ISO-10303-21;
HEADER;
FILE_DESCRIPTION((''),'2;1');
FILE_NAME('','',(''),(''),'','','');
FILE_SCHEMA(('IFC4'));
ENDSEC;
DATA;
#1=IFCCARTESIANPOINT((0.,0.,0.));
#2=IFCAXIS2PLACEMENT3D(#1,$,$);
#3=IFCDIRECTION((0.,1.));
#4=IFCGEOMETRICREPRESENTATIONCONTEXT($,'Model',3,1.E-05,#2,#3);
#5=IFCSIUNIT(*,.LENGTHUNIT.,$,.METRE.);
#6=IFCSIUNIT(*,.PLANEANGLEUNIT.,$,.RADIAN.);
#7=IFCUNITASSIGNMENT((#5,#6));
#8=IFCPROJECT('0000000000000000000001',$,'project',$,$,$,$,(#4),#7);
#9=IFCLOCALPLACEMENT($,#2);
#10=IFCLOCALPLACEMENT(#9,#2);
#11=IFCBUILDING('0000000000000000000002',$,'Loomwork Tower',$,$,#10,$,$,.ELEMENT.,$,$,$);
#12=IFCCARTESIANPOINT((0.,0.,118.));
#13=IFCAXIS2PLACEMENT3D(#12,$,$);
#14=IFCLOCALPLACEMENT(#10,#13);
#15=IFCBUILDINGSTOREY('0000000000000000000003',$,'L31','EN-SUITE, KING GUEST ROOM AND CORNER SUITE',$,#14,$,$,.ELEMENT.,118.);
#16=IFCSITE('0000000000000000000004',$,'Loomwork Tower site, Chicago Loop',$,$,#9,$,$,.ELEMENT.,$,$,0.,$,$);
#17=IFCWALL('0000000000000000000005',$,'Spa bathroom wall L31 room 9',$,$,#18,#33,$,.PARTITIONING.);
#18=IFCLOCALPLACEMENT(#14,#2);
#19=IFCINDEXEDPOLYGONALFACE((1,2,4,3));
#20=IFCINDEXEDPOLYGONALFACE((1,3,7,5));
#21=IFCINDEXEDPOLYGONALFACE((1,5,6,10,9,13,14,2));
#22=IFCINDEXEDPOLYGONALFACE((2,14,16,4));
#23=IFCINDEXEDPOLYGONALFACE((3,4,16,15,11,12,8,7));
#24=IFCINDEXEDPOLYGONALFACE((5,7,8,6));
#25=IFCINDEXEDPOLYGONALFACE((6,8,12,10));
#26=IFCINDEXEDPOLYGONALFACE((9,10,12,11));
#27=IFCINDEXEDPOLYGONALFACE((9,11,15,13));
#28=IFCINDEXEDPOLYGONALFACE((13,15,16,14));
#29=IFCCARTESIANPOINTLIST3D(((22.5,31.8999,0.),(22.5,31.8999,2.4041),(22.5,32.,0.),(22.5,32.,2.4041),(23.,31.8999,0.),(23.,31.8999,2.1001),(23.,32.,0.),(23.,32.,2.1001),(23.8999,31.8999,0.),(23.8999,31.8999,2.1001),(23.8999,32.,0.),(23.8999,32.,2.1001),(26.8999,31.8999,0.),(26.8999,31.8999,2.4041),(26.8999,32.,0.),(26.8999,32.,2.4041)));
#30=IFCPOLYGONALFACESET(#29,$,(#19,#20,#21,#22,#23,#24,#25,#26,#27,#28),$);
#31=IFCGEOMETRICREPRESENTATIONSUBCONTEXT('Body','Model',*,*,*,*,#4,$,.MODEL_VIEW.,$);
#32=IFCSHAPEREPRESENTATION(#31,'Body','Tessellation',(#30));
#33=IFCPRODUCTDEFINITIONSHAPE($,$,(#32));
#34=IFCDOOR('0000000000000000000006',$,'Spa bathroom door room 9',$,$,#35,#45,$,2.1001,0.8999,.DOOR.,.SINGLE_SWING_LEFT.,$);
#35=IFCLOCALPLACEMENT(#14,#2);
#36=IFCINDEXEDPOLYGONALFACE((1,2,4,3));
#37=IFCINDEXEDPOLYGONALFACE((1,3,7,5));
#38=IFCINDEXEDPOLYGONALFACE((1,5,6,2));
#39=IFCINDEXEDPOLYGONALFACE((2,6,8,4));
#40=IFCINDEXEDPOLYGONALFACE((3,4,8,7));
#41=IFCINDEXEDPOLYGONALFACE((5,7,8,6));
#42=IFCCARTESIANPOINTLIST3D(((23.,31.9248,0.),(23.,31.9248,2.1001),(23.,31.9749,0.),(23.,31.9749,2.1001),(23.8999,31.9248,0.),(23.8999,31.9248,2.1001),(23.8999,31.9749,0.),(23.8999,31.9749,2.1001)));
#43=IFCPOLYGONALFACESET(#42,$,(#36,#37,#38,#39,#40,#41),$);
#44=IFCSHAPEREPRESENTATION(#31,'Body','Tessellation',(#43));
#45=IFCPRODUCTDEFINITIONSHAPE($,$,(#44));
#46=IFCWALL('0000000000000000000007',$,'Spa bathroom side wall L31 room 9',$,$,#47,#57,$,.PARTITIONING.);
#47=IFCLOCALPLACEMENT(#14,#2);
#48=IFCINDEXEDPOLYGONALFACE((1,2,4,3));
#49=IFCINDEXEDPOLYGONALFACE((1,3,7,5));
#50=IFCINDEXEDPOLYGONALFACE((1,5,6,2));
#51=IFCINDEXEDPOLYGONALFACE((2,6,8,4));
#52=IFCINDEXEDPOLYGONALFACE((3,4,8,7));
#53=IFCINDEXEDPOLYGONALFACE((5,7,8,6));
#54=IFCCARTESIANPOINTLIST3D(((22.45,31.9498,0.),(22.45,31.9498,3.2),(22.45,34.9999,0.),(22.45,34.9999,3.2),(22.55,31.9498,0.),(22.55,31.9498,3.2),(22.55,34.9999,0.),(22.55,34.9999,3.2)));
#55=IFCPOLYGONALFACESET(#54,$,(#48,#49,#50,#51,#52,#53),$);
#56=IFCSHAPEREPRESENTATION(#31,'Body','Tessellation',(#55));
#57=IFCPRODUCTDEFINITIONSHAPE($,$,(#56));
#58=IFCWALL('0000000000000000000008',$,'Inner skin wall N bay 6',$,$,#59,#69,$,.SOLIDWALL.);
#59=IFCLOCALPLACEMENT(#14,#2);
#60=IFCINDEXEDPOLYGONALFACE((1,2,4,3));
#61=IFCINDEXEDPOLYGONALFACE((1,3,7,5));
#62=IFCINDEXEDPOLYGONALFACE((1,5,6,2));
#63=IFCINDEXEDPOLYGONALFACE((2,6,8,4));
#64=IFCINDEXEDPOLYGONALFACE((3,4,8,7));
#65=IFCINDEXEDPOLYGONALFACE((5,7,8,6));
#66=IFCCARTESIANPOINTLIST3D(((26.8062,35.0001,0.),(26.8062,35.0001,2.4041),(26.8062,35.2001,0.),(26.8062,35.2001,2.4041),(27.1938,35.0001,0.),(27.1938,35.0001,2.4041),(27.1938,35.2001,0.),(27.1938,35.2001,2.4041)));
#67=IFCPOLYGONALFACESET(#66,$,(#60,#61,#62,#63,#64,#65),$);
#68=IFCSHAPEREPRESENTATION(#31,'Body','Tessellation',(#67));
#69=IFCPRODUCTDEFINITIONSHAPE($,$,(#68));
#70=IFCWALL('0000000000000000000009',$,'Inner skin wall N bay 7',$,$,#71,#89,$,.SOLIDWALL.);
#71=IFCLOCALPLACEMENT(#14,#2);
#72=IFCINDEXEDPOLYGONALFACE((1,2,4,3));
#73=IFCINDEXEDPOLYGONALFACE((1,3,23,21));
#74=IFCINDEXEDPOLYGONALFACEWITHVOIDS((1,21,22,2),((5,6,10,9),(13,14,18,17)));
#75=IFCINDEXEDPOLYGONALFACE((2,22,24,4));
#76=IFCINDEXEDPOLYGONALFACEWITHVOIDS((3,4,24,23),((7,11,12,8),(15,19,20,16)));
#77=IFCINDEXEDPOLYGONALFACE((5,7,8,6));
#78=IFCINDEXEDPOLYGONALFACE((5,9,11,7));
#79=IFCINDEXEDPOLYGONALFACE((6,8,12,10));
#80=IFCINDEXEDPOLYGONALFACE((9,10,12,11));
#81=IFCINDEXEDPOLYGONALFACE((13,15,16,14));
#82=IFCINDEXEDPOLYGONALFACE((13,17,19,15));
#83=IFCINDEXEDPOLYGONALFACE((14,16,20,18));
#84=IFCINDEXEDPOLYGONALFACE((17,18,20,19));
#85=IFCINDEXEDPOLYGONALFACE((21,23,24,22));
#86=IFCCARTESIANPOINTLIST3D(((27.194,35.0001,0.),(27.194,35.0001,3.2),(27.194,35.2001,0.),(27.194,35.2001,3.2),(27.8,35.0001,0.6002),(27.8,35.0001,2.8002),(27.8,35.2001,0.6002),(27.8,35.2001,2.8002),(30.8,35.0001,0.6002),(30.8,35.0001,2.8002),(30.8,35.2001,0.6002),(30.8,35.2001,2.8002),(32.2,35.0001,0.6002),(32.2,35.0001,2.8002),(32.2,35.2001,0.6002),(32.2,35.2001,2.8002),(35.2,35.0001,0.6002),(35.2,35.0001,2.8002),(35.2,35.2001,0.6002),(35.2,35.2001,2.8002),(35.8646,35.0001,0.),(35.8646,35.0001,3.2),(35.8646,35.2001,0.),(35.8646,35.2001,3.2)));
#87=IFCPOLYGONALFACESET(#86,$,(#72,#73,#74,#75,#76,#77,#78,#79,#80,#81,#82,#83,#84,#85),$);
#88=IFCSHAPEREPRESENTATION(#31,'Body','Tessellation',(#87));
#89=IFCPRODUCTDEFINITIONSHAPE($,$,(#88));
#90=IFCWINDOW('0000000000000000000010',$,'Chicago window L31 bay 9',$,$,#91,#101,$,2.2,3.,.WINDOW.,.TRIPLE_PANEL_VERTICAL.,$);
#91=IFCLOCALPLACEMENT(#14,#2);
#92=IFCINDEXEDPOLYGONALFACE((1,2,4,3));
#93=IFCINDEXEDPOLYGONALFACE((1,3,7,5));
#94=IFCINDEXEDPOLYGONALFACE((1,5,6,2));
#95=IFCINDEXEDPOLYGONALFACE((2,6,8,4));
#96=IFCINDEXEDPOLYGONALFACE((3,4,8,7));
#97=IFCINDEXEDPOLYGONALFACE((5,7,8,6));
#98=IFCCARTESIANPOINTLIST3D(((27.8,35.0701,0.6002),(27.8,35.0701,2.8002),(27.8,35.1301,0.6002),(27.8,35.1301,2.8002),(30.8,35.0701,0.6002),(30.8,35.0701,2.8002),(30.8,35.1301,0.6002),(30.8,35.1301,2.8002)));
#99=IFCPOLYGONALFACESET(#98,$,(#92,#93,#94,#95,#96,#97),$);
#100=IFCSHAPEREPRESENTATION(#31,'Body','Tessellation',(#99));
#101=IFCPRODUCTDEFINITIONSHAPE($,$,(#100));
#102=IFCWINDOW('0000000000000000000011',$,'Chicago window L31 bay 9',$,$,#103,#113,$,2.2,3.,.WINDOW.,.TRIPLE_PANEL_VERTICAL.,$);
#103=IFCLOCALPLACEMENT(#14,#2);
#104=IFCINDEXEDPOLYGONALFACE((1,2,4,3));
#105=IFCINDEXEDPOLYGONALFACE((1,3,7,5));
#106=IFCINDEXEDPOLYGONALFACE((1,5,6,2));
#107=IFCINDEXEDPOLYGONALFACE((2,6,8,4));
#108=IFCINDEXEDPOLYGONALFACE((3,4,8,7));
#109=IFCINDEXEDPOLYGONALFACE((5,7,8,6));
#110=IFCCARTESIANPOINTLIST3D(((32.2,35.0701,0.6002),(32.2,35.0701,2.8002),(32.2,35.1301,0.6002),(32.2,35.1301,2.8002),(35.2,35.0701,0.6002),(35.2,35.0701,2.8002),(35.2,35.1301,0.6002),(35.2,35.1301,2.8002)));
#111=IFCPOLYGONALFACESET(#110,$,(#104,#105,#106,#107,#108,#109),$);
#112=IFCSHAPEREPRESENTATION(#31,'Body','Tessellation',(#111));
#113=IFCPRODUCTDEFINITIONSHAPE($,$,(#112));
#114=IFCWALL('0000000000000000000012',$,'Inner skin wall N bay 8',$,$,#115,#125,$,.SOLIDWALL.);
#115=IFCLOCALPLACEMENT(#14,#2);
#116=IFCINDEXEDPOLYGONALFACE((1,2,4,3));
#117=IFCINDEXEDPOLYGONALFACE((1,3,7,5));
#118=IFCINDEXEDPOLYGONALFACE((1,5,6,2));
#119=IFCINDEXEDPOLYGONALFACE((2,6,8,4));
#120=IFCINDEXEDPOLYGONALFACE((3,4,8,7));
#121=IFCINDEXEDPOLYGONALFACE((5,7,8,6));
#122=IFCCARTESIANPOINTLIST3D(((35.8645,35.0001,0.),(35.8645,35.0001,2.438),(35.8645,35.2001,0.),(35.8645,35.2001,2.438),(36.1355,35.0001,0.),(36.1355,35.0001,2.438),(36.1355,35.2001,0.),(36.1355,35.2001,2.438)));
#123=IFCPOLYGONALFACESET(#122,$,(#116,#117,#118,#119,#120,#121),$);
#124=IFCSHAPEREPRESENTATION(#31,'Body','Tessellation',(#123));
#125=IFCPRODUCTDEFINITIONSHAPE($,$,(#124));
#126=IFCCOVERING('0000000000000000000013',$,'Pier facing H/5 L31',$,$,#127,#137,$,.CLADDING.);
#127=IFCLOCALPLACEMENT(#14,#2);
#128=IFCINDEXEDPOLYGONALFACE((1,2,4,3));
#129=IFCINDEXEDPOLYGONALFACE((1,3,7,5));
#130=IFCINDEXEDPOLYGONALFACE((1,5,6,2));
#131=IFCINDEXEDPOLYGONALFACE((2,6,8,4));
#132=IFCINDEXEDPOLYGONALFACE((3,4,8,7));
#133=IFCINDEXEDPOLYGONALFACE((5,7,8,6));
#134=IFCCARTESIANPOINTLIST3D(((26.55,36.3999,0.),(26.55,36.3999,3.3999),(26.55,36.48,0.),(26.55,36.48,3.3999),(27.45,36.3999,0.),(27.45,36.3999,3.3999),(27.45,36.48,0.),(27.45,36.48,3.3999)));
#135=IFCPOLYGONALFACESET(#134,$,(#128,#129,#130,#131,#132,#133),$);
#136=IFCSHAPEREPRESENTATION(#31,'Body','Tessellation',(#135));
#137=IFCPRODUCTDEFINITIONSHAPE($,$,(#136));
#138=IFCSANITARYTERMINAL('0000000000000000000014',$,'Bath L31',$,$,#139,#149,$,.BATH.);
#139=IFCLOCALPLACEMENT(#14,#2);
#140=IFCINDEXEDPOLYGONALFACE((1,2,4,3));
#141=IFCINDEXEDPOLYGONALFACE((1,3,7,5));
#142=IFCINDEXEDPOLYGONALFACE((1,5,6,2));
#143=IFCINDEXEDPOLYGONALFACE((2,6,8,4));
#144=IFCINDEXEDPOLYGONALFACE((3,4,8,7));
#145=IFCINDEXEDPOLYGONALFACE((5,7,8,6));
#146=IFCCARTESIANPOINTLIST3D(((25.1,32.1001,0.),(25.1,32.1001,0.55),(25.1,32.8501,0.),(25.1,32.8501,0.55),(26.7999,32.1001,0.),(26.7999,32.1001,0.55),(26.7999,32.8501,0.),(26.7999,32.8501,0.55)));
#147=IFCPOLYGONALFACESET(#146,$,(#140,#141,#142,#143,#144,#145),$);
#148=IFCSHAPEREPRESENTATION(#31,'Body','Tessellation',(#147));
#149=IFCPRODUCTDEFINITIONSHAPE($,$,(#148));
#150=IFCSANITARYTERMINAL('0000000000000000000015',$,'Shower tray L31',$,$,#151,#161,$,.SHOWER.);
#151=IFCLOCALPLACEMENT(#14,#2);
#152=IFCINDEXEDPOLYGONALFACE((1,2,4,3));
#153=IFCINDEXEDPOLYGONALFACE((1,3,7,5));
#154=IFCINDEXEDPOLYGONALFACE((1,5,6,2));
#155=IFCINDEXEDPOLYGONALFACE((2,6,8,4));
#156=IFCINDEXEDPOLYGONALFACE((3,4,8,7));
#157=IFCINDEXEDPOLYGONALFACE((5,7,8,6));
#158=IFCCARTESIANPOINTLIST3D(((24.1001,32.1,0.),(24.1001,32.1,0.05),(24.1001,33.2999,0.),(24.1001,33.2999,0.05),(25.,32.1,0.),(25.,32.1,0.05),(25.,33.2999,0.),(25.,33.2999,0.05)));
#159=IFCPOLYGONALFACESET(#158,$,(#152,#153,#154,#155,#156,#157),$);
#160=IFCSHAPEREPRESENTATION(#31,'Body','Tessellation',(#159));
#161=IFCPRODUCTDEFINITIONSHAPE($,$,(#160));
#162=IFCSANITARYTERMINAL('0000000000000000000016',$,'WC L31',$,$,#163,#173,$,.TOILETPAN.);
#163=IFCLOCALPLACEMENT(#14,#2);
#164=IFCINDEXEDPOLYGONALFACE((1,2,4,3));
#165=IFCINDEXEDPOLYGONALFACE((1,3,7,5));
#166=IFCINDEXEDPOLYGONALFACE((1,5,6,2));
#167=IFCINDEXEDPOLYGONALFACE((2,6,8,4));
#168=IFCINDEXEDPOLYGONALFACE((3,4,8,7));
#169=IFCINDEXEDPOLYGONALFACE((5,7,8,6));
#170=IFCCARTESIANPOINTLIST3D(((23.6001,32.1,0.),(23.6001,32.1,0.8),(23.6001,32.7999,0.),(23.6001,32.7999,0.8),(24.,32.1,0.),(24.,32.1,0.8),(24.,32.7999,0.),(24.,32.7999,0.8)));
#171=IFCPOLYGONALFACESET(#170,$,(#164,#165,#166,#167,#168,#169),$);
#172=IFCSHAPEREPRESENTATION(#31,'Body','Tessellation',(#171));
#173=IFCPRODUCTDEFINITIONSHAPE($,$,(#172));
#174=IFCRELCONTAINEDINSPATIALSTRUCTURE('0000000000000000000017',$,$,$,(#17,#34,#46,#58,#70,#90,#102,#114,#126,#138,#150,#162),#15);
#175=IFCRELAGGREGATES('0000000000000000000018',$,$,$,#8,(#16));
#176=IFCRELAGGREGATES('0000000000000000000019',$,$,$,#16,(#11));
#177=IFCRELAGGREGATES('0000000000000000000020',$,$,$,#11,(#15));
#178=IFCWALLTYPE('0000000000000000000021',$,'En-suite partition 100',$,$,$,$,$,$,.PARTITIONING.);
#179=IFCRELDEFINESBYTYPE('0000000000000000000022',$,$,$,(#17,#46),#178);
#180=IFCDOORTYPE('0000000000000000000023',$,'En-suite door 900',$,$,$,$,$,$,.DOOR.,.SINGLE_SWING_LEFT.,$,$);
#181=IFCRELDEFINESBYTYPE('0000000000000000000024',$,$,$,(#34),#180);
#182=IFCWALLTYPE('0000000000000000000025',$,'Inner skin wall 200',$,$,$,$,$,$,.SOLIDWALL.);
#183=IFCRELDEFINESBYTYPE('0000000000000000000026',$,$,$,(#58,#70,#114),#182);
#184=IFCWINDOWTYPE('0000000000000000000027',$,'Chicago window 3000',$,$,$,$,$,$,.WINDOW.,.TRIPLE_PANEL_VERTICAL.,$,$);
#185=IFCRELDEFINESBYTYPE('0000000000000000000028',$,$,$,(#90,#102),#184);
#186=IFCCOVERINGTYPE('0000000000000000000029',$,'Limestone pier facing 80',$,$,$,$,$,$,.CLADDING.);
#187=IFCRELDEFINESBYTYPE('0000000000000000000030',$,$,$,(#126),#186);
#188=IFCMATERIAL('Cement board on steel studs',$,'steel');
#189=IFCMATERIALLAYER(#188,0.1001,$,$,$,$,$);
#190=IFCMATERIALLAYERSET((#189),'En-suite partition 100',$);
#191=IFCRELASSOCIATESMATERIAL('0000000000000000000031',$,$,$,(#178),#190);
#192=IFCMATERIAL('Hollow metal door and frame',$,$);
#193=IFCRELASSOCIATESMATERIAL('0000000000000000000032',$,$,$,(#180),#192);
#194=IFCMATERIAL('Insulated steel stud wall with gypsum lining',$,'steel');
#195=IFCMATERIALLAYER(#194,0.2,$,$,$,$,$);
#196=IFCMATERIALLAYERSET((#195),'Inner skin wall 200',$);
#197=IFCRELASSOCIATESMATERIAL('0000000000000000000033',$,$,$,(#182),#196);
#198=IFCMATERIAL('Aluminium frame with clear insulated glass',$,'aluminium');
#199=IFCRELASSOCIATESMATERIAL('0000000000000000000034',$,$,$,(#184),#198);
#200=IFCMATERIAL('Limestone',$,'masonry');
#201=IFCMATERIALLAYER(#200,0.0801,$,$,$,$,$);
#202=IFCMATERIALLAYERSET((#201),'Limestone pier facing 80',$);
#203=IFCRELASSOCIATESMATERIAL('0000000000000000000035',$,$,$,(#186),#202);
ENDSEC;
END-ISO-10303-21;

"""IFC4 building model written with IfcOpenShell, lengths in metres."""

from ifc_helpers import new_model, si_unit, direction, frame, frame_2d, origin, origin_2d, place, context, subcontext, project, spatial, rectangle, extrude, material, layer, layer_set, type_object, element, fill, save


model = new_model("IFC4")

# Units and contexts
model_context = context("Model", 3, precision=1e-05, world=origin(), true_north=direction((0.0, 1.0)))
body_context = subcontext(model_context, "Body", "Model", "MODEL_VIEW")
ifc_project = project(units=[si_unit("LENGTHUNIT", "METRE"), si_unit("PLANEANGLEUNIT", "RADIAN")], contexts=[model_context])

# Site, building, storey
site_placement = place(None, origin())
site = spatial("IfcSite", under=ifc_project, at=site_placement, Name="Loomwork Tower site, Chicago Loop", CompositionType="ELEMENT", RefElevation=0.0)
building_placement = place(site_placement, origin())
building = spatial("IfcBuilding", under=site, at=building_placement, Name="Loomwork Tower", CompositionType="ELEMENT")
storey_placement = place(building_placement, frame((0.0, 0.0, 118.0)))
storey = spatial("IfcBuildingStorey", under=building, at=storey_placement, Name="L31", Description="EN-SUITE, KING GUEST ROOM AND CORNER SUITE", CompositionType="ELEMENT", Elevation=118.0)

# Wall, opening, door
ifc_material_1 = material(Name="Cement board on steel studs", Category="steel")
ifc_layer_1 = layer(ifc_material_1, 0.1001)
ifc_layer_set_1 = layer_set([ifc_layer_1], Name="En-suite partition 100")
wall_type_1 = type_object("IfcWallType", Name="En-suite partition 100", PredefinedType="PARTITIONING", material=ifc_layer_set_1)
wall_1_placement = place(storey_placement, frame((22.5, 31.95, 0.0), z_axis=(0.0, 0.0, 1.0), x_axis=(1.0, 0.0, 0.0)))
wall_1 = element("IfcWall", 1, at=wall_1_placement, inside=storey, type_object=wall_type_1, Name="Spa bathroom wall L31 room 9", PredefinedType="PARTITIONING", context=body_context, shape_type="SweptSolid", body=[
    extrude(rectangle(XDim=4.3999, YDim=0.1001, at=frame_2d((2.2, 0.0))), origin(), (0.0, 0.0, 1.0), 2.4041),
])
opening_1_placement = place(wall_1_placement, frame((0.5, 0.0, 0.0)))
opening_1 = element("IfcOpeningElement", 2, at=opening_1_placement, cuts=wall_1, PredefinedType="OPENING", context=body_context, shape_type="SweptSolid", body=[
    extrude(rectangle(XDim=0.8999, YDim=2.1001, at=frame_2d((0.45, 1.05))), frame((0.0, 0.0601, 0.0), z_axis=(0.0, -1.0, 0.0), x_axis=(1.0, 0.0, 0.0)), (0.0, 0.0, 1.0), 0.1201),
])
ifc_material_2 = material(Name="Hollow metal door and frame")
door_type = type_object("IfcDoorType", Name="En-suite door 900", OperationType="SINGLE_SWING_LEFT", PredefinedType="DOOR", material=ifc_material_2)
door_placement = place(opening_1_placement, origin())
door = element("IfcDoor", 3, at=door_placement, inside=storey, type_object=door_type, Name="Spa bathroom door room 9", OperationType="SINGLE_SWING_LEFT", OverallHeight=2.1001, OverallWidth=0.8999, PredefinedType="DOOR", context=body_context, shape_type="SweptSolid", body=[
    extrude(rectangle(XDim=0.8999, YDim=2.1001, at=frame_2d((0.45, 1.05))), frame((0.0, 0.0249, 0.0), z_axis=(0.0, -1.0, 0.0), x_axis=(1.0, 0.0, 0.0)), (0.0, 0.0, 1.0), 0.05),
])
fill(opening_1, door)

# Walls
wall_2_placement = place(storey_placement, frame((22.5, 31.95, 0.0), z_axis=(0.0, 0.0, 1.0), x_axis=(0.0, 1.0, 0.0)))
element("IfcWall", 4, at=wall_2_placement, inside=storey, type_object=wall_type_1, Name="Spa bathroom side wall L31 room 9", PredefinedType="PARTITIONING", context=body_context, shape_type="SweptSolid", body=[
    extrude(rectangle(XDim=3.05, YDim=0.1001, at=frame_2d((1.5249, 0.0))), origin(), (0.0, 0.0, 1.0), 3.2),
])
ifc_material_3 = material(Name="Insulated steel stud wall with gypsum lining", Category="steel")
ifc_layer_2 = layer(ifc_material_3, 0.2)
ifc_layer_set_2 = layer_set([ifc_layer_2], Name="Inner skin wall 200")
wall_type_2 = type_object("IfcWallType", Name="Inner skin wall 200", PredefinedType="SOLIDWALL", material=ifc_layer_set_2)
wall_3_placement = place(storey_placement, frame((26.8062, 35.1001, 0.0), z_axis=(0.0, 0.0, 1.0), x_axis=(1.0, 0.0, 0.0)))
element("IfcWall", 5, at=wall_3_placement, inside=storey, type_object=wall_type_2, Name="Inner skin wall N bay 6", PredefinedType="SOLIDWALL", context=body_context, shape_type="SweptSolid", body=[
    extrude(rectangle(XDim=0.3877, YDim=0.2, at=frame_2d((0.1938, 0.0))), origin(), (0.0, 0.0, 1.0), 2.4041),
])

# Wall, openings, windows
wall_4_placement = place(storey_placement, frame((27.1938, 35.1001, 0.0), z_axis=(0.0, 0.0, 1.0), x_axis=(1.0, 0.0, 0.0)))
wall_4 = element("IfcWall", 6, at=wall_4_placement, inside=storey, type_object=wall_type_2, Name="Inner skin wall N bay 7", PredefinedType="SOLIDWALL", context=body_context, shape_type="SweptSolid", body=[
    extrude(rectangle(XDim=8.6707, YDim=0.2, at=frame_2d((4.3354, 0.0))), origin(), (0.0, 0.0, 1.0), 3.2),
])
opening_2_placement = place(wall_4_placement, frame((0.6062, 0.0, 0.6001)))
opening_2 = element("IfcOpeningElement", 7, at=opening_2_placement, cuts=wall_4, PredefinedType="OPENING", context=body_context, shape_type="SweptSolid", body=[
    extrude(rectangle(XDim=3.0, YDim=2.2, at=frame_2d((1.5, 1.1001))), frame((0.0, 0.1099, 0.0), z_axis=(0.0, -1.0, 0.0), x_axis=(1.0, 0.0, 0.0)), (0.0, 0.0, 1.0), 0.22),
])
opening_3_placement = place(wall_4_placement, frame((5.0061, 0.0, 0.6001)))
opening_3 = element("IfcOpeningElement", 8, at=opening_3_placement, cuts=wall_4, PredefinedType="OPENING", context=body_context, shape_type="SweptSolid", body=[
    extrude(rectangle(XDim=3.0, YDim=2.2, at=frame_2d((1.5, 1.1001))), frame((0.0, 0.1099, 0.0), z_axis=(0.0, -1.0, 0.0), x_axis=(1.0, 0.0, 0.0)), (0.0, 0.0, 1.0), 0.22),
])
ifc_material_4 = material(Name="Aluminium frame with clear insulated glass", Category="aluminium")
window_type = type_object("IfcWindowType", Name="Chicago window 3000", PartitioningType="TRIPLE_PANEL_VERTICAL", PredefinedType="WINDOW", material=ifc_material_4)
window_1_placement = place(opening_2_placement, origin())
window_1 = element("IfcWindow", 9, at=window_1_placement, inside=storey, type_object=window_type, Name="Chicago window L31 bay 9", OverallHeight=2.2, OverallWidth=3.0, PartitioningType="TRIPLE_PANEL_VERTICAL", PredefinedType="WINDOW", context=body_context, shape_type="SweptSolid", body=[
    extrude(rectangle(XDim=3.0, YDim=2.2, at=frame_2d((1.5, 1.1001))), frame((0.0, 0.03, 0.0), z_axis=(0.0, -1.0, 0.0), x_axis=(1.0, 0.0, 0.0)), (0.0, 0.0, 1.0), 0.0601),
])
fill(opening_2, window_1)
window_2_placement = place(opening_3_placement, origin())
window_2 = element("IfcWindow", 10, at=window_2_placement, inside=storey, type_object=window_type, Name="Chicago window L31 bay 9", OverallHeight=2.2, OverallWidth=3.0, PartitioningType="TRIPLE_PANEL_VERTICAL", PredefinedType="WINDOW", context=body_context, shape_type="SweptSolid", body=[
    extrude(rectangle(XDim=3.0, YDim=2.2, at=frame_2d((1.5, 1.1001))), frame((0.0, 0.03, 0.0), z_axis=(0.0, -1.0, 0.0), x_axis=(1.0, 0.0, 0.0)), (0.0, 0.0, 1.0), 0.0601),
])
fill(opening_3, window_2)

# Wall
wall_5_placement = place(storey_placement, frame((35.8645, 35.1001, 0.0), z_axis=(0.0, 0.0, 1.0), x_axis=(1.0, 0.0, 0.0)))
element("IfcWall", 11, at=wall_5_placement, inside=storey, type_object=wall_type_2, Name="Inner skin wall N bay 8", PredefinedType="SOLIDWALL", context=body_context, shape_type="SweptSolid", body=[
    extrude(rectangle(XDim=0.271, YDim=0.2, at=frame_2d((0.1355, 0.0))), origin(), (0.0, 0.0, 1.0), 2.438),
])

# Covering
ifc_material_5 = material(Name="Limestone", Category="masonry")
ifc_layer_3 = layer(ifc_material_5, 0.0801)
ifc_layer_set_3 = layer_set([ifc_layer_3], Name="Limestone pier facing 80")
covering_type = type_object("IfcCoveringType", Name="Limestone pier facing 80", PredefinedType="CLADDING", material=ifc_layer_set_3)
covering_placement = place(storey_placement, frame((27.0, 36.4399, 0.0), z_axis=(0.0, 0.0, 1.0), x_axis=(1.0, 0.0, 0.0)))
element("IfcCovering", 12, at=covering_placement, inside=storey, type_object=covering_type, Name="Pier facing H/5 L31", PredefinedType="CLADDING", context=body_context, shape_type="SweptSolid", body=[
    extrude(rectangle(XDim=0.8999, YDim=0.0801, at=origin_2d()), origin(), (0.0, 0.0, 1.0), 3.3999),
])

# Sanitary terminals
sanitary_terminal_1_placement = place(storey_placement, frame((25.95, 32.4751, 0.0), z_axis=(0.0, 0.0, 1.0), x_axis=(1.0, 0.0, 0.0)))
element("IfcSanitaryTerminal", 13, at=sanitary_terminal_1_placement, inside=storey, Name="Bath L31", PredefinedType="BATH", context=body_context, shape_type="SweptSolid", body=[
    extrude(rectangle(XDim=1.7, YDim=0.75, at=origin_2d()), origin(), (0.0, 0.0, 1.0), 0.55),
])
sanitary_terminal_2_placement = place(storey_placement, frame((24.55, 32.7, 0.0), z_axis=(0.0, 0.0, 1.0), x_axis=(1.0, 0.0, 0.0)))
element("IfcSanitaryTerminal", 14, at=sanitary_terminal_2_placement, inside=storey, Name="Shower tray L31", PredefinedType="SHOWER", context=body_context, shape_type="SweptSolid", body=[
    extrude(rectangle(XDim=0.8999, YDim=1.2, at=origin_2d()), origin(), (0.0, 0.0, 1.0), 0.05),
])
sanitary_terminal_3_placement = place(storey_placement, frame((23.8, 32.45, 0.0), z_axis=(0.0, 0.0, 1.0), x_axis=(1.0, 0.0, 0.0)))
element("IfcSanitaryTerminal", 15, at=sanitary_terminal_3_placement, inside=storey, Name="WC L31", PredefinedType="TOILETPAN", context=body_context, shape_type="SweptSolid", body=[
    extrude(rectangle(XDim=0.3999, YDim=0.7, at=origin_2d()), origin(), (0.0, 0.0, 1.0), 0.8),
])

save(model, "model.ifc")
